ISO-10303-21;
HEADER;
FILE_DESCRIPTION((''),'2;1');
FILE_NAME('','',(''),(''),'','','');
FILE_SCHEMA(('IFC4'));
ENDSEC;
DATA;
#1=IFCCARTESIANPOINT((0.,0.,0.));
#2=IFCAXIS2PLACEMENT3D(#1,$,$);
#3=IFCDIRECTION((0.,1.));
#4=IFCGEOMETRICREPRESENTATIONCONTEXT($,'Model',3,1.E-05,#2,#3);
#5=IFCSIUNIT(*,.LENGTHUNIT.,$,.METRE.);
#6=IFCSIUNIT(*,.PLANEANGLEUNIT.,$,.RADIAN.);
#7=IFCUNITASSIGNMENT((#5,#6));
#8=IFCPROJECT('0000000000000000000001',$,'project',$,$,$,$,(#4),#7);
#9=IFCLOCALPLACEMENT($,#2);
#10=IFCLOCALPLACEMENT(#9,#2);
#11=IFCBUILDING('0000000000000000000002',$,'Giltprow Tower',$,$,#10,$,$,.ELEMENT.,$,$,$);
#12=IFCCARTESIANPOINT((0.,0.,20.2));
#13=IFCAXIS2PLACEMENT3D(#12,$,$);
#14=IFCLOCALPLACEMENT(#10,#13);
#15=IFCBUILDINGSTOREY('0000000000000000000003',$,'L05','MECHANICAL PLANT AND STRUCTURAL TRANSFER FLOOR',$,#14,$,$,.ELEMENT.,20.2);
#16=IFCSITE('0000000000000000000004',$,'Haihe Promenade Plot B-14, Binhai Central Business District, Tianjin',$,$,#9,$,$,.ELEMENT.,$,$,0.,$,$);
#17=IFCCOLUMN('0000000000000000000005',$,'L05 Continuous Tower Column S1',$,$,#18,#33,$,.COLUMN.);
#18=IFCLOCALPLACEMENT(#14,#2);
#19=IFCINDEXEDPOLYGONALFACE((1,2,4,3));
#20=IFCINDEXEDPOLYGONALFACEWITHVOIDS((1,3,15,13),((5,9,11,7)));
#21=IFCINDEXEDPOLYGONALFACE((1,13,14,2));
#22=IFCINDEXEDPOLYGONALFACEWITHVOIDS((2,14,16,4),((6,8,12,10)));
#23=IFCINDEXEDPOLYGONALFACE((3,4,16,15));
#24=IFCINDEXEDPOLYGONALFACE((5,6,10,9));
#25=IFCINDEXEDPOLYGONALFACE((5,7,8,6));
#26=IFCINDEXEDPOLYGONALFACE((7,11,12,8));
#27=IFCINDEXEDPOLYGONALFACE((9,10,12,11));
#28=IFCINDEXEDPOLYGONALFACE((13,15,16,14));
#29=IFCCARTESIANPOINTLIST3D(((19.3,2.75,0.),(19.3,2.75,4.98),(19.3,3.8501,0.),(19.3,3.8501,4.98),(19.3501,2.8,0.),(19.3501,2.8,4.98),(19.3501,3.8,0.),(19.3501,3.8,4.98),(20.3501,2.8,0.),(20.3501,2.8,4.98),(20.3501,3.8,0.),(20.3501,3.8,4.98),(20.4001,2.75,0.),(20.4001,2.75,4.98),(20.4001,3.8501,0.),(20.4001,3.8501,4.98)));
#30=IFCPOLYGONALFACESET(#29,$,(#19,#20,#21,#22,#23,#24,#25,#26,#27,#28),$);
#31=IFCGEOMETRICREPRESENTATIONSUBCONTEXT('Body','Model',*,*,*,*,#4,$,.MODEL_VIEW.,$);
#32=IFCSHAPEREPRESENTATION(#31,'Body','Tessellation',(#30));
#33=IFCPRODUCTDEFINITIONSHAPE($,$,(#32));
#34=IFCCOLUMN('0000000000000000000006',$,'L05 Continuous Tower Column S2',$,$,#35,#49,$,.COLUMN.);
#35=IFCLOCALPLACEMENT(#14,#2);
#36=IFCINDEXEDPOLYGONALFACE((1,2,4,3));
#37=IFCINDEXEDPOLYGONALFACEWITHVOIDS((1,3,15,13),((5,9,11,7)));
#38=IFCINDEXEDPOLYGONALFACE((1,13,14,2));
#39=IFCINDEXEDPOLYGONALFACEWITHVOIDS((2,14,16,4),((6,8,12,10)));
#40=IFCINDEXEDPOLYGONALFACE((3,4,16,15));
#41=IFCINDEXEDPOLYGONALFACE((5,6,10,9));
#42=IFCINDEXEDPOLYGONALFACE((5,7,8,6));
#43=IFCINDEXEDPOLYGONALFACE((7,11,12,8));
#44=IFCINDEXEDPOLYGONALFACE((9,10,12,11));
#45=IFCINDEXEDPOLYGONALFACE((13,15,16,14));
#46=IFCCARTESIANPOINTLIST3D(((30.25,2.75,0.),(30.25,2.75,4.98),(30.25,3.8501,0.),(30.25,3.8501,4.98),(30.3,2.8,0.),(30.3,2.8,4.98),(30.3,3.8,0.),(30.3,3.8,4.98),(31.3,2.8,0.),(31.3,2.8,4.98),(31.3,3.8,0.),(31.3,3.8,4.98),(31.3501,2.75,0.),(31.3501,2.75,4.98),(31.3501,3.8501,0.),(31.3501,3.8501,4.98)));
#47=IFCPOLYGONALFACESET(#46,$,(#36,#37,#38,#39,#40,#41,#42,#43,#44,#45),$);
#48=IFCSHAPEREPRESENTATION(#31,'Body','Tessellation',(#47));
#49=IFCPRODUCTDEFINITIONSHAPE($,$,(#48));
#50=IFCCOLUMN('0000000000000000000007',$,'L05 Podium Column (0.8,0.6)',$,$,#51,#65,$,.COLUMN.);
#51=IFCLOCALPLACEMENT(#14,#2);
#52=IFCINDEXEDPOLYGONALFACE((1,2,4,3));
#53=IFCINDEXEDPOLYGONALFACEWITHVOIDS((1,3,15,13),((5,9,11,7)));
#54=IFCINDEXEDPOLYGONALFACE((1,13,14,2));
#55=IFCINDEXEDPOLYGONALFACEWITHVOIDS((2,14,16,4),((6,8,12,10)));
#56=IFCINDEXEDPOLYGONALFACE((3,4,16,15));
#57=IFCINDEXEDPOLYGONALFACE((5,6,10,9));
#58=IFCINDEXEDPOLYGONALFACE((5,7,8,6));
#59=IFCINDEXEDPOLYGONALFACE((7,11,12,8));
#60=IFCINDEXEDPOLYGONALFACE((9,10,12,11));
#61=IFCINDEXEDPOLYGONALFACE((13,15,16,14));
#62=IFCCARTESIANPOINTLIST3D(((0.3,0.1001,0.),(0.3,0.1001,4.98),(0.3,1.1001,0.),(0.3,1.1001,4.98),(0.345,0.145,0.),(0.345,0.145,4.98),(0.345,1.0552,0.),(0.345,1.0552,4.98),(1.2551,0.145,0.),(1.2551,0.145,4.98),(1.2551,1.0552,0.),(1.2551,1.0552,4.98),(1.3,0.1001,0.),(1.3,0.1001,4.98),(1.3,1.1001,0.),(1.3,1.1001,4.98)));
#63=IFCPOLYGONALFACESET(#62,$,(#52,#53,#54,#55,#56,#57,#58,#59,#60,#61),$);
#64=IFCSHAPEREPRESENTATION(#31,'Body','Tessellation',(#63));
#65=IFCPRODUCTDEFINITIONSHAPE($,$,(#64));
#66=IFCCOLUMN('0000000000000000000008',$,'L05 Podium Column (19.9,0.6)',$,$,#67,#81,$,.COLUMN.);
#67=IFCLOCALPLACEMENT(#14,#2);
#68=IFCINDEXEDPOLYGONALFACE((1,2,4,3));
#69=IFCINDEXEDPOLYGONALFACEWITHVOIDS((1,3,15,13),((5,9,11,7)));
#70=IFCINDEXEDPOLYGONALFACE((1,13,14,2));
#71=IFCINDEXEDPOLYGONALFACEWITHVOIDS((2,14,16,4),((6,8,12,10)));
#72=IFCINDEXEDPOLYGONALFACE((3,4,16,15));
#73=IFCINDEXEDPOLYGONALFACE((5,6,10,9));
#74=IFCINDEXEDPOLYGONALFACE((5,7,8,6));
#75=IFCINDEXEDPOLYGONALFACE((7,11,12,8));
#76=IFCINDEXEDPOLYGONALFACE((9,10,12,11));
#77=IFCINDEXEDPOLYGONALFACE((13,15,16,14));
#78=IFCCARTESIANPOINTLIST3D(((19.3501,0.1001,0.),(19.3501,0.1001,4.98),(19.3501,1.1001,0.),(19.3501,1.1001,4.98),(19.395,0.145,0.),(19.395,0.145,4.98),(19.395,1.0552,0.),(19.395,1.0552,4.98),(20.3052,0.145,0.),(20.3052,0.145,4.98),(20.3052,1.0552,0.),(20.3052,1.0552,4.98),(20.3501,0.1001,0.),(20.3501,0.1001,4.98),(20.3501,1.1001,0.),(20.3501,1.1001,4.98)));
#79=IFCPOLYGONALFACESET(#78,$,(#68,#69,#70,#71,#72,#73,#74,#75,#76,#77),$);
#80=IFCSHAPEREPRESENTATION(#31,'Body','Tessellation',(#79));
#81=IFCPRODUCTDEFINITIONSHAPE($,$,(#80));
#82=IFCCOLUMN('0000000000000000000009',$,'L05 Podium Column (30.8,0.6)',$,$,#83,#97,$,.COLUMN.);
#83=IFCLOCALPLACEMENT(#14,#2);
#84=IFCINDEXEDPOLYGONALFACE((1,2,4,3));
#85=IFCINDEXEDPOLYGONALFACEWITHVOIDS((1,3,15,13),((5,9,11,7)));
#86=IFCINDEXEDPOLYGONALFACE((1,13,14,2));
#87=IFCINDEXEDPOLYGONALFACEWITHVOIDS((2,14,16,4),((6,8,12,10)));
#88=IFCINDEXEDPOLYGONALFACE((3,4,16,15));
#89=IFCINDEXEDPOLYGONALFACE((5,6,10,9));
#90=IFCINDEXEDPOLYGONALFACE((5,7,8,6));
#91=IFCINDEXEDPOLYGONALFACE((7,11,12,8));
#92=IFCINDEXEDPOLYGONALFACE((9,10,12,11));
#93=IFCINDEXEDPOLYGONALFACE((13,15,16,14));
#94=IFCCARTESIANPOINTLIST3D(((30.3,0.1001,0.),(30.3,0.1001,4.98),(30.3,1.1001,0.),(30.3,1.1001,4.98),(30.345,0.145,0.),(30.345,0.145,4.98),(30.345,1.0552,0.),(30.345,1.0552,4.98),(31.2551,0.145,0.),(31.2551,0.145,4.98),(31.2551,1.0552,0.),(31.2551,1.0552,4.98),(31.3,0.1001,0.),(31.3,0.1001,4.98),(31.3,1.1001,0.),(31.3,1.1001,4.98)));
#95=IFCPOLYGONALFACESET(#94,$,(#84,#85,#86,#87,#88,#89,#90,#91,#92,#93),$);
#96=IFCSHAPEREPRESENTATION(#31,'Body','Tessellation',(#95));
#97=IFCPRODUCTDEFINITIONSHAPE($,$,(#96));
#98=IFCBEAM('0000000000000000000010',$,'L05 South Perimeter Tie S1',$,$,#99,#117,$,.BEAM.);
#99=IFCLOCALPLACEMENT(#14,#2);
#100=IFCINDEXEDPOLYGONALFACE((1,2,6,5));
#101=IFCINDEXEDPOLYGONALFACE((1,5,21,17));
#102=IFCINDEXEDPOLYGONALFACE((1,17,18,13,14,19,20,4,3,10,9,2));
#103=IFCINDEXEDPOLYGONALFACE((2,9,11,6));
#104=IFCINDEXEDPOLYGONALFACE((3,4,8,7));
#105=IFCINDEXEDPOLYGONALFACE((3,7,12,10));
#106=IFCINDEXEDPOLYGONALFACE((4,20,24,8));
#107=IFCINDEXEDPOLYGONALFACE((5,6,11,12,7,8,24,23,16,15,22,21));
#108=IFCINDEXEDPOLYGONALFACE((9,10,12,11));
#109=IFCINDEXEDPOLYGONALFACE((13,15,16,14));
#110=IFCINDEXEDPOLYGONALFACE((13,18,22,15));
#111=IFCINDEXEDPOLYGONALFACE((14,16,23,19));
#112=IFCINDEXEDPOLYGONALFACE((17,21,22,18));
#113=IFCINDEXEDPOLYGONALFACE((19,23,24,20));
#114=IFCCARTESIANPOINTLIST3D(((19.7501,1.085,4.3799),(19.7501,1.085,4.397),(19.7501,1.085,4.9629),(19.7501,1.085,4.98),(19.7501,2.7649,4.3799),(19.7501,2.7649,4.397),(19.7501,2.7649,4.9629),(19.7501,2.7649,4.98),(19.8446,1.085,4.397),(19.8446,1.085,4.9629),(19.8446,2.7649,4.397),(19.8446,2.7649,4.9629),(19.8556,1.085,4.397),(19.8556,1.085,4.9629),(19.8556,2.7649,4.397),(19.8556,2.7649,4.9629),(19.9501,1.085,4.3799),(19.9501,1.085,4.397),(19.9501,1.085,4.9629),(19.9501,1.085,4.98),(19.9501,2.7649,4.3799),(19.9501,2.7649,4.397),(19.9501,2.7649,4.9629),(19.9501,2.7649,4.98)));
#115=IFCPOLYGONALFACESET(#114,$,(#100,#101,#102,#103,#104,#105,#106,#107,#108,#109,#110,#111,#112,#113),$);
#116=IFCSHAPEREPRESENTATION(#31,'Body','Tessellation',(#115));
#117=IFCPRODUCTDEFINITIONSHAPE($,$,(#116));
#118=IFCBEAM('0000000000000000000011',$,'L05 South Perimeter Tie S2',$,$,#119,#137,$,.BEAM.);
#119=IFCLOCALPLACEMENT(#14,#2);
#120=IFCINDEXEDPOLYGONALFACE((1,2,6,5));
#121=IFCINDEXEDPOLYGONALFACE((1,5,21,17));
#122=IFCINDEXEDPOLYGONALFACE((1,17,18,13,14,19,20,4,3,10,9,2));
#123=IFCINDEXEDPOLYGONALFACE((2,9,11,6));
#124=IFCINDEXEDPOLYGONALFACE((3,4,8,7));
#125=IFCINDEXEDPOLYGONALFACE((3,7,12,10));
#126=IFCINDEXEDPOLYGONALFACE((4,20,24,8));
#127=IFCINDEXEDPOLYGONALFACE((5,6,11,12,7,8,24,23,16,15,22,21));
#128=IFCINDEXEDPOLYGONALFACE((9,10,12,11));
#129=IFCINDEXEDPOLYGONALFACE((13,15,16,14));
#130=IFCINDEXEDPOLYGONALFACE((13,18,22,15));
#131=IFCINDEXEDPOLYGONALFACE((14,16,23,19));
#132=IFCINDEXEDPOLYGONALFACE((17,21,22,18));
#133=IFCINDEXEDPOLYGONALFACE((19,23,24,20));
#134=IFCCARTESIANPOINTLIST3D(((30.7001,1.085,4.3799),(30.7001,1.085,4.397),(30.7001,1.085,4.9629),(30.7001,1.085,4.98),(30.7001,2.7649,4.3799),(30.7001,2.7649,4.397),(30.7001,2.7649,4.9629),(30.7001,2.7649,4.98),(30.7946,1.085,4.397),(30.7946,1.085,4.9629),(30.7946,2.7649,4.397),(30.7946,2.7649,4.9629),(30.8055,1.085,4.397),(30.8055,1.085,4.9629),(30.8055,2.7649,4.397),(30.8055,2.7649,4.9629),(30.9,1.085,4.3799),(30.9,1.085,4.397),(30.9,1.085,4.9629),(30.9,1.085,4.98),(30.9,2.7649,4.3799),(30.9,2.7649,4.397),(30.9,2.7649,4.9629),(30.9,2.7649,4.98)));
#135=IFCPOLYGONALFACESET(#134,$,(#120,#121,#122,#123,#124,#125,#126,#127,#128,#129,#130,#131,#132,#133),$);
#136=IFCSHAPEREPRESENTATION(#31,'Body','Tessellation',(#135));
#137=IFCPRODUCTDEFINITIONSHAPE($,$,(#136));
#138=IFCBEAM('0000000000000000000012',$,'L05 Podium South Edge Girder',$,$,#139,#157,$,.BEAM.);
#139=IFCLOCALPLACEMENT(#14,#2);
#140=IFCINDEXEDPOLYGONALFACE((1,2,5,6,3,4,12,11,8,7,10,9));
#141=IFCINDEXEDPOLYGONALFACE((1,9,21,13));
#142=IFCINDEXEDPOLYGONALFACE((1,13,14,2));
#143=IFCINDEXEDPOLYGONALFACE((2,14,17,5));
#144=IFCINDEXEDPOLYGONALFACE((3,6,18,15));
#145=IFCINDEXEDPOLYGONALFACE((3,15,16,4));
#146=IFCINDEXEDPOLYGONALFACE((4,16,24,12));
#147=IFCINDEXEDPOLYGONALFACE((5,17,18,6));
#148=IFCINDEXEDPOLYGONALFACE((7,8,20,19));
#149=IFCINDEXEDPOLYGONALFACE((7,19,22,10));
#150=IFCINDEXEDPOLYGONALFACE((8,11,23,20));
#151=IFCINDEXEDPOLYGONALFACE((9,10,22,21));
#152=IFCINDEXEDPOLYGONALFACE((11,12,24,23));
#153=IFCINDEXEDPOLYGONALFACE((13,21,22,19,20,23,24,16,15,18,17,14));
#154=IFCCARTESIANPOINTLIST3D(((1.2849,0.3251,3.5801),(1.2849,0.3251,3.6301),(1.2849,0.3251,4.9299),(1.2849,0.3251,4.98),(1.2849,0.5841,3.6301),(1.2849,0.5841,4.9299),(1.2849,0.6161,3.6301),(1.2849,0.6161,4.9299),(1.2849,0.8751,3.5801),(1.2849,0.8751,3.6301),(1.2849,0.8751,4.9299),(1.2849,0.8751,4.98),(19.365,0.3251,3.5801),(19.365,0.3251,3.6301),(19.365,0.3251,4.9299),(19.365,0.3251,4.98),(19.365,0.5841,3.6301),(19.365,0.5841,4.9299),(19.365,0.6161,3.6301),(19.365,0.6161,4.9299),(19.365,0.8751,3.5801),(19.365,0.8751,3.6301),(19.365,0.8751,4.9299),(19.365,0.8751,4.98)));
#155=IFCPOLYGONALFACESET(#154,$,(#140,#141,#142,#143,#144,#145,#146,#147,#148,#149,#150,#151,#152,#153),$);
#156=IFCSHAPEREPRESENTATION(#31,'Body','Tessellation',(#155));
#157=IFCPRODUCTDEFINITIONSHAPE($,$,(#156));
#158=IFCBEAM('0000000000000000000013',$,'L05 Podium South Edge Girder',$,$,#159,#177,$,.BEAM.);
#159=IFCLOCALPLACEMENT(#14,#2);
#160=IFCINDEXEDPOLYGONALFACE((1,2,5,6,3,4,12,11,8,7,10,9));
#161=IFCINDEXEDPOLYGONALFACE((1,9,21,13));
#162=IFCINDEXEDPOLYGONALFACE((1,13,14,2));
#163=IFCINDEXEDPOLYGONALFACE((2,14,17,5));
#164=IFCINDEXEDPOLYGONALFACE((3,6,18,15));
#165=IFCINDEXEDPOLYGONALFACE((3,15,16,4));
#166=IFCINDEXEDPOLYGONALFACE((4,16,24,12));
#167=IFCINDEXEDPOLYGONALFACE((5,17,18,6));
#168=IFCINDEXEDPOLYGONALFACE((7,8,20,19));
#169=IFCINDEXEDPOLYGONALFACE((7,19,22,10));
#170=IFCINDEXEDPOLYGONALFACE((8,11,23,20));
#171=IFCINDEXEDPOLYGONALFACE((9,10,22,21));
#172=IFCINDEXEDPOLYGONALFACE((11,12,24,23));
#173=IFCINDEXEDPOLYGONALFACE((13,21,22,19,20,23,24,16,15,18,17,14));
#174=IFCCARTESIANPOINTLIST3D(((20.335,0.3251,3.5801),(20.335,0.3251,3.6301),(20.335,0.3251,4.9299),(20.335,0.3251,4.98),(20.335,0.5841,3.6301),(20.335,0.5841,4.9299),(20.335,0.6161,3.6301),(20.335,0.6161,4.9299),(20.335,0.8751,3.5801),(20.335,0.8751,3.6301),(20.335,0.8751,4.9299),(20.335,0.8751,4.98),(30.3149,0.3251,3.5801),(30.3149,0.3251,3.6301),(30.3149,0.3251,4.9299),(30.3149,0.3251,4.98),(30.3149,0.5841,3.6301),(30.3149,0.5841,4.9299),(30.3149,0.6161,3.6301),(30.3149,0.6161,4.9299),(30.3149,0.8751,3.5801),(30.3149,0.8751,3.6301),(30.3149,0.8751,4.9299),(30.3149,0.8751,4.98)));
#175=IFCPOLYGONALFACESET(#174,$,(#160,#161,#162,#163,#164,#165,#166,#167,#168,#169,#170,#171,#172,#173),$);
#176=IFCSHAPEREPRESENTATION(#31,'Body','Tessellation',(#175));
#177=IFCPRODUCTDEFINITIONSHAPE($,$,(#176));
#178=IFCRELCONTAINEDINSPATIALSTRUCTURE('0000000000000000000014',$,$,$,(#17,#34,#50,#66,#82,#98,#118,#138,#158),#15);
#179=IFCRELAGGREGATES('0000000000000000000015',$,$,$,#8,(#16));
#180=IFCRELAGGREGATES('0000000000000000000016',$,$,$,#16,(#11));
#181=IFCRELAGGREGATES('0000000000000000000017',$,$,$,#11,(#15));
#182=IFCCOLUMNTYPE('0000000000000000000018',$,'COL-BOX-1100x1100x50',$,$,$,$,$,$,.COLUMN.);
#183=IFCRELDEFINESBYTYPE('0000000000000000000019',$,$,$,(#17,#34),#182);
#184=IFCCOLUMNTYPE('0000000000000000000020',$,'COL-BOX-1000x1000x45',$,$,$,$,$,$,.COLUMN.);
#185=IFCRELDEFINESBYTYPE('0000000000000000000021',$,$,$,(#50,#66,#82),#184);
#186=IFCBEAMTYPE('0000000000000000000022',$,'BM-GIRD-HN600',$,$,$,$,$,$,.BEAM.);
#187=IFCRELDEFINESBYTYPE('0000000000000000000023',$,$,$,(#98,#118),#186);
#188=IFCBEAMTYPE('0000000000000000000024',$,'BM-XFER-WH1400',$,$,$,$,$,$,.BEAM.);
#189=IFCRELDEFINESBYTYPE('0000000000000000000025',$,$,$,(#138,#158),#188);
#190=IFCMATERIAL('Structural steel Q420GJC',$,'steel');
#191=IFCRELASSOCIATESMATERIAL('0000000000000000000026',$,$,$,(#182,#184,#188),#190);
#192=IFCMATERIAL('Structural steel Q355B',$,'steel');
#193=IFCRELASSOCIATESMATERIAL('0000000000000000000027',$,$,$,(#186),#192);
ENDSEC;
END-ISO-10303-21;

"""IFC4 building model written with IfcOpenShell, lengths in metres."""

from ifc_helpers import new_model, si_unit, direction, frame, origin, origin_2d, place, context, subcontext, project, spatial, hollow_rectangle, i_section, extrude, source, transform, mapped, material, material_profile, profile_set, type_object, element, save


model = new_model("IFC4")

# Units and contexts
model_context = context("Model", 3, precision=1e-05, world=origin(), true_north=direction((0.0, 1.0)))
body_context = subcontext(model_context, "Body", "Model", "MODEL_VIEW")
ifc_project = project(units=[si_unit("LENGTHUNIT", "METRE"), si_unit("PLANEANGLEUNIT", "RADIAN")], contexts=[model_context])

# Site, building, storey
site_placement = place(None, origin())
site = spatial("IfcSite", under=ifc_project, at=site_placement, Name="Haihe Promenade Plot B-14, Binhai Central Business District, Tianjin", CompositionType="ELEMENT", RefElevation=0.0)
building_placement = place(site_placement, origin())
building = spatial("IfcBuilding", under=site, at=building_placement, Name="Giltprow Tower", CompositionType="ELEMENT")
storey_placement = place(building_placement, frame((0.0, 0.0, 20.2)))
storey = spatial("IfcBuildingStorey", under=building, at=storey_placement, Name="L05", Description="MECHANICAL PLANT AND STRUCTURAL TRANSFER FLOOR", CompositionType="ELEMENT", Elevation=20.2)

# Columns
ifc_material_1 = material(Name="Structural steel Q420GJC", Category="steel")
ifc_material_profile_1 = material_profile(ifc_material_1, hollow_rectangle(XDim=1.1001, YDim=1.1001, WallThickness=0.05, at=origin_2d()), Name="BOX 1100x1100x50")
ifc_profile_set_1 = profile_set([ifc_material_profile_1], Name="Structural steel Q420GJC")
column_type_1 = type_object("IfcColumnType", Name="COL-BOX-1100x1100x50", PredefinedType="COLUMN", material=ifc_profile_set_1)
shared_shape_1 = source(origin(), body_context, "Body", "SweptSolid", [
    extrude(hollow_rectangle(XDim=1.1001, YDim=1.1001, WallThickness=0.05, at=origin_2d()), origin(), (0.0, 0.0, 1.0), 4.98),
])
for number, where, z_axis, x_axis, name in (
    (1, (19.8501, 3.3, 0.0), (0.0, 0.0, 1.0), (1.0, 0.0, 0.0), "L05 Continuous Tower Column S1"),
    (2, (30.8, 3.3, 0.0), (0.0, 0.0, 1.0), (1.0, 0.0, 0.0), "L05 Continuous Tower Column S2"),
):
    element("IfcColumn", number, at=place(storey_placement, frame(where, z_axis=z_axis, x_axis=x_axis)), inside=storey, type_object=column_type_1, Name=name, PredefinedType="COLUMN", context=body_context, shape_type="MappedRepresentation", body=[
        mapped(shared_shape_1, transform((0.0, 0.0, 0.0), x_axis=(1.0, 0.0, 0.0), y_axis=(0.0, 1.0, 0.0), z_axis=(0.0, 0.0, 1.0), scale=1.0)),
    ])
ifc_material_profile_2 = material_profile(ifc_material_1, hollow_rectangle(XDim=1.0, YDim=1.0, WallThickness=0.0449, at=origin_2d()), Name="BOX 1000x1000x45")
ifc_profile_set_2 = profile_set([ifc_material_profile_2], Name="Structural steel Q420GJC")
column_type_2 = type_object("IfcColumnType", Name="COL-BOX-1000x1000x45", PredefinedType="COLUMN", material=ifc_profile_set_2)
shared_shape_2 = source(origin(), body_context, "Body", "SweptSolid", [
    extrude(hollow_rectangle(XDim=1.0, YDim=1.0, WallThickness=0.0449, at=origin_2d()), origin(), (0.0, 0.0, 1.0), 4.98),
])
for number, where, z_axis, x_axis, name in (
    (3, (0.8, 0.6001, 0.0), (0.0, 0.0, 1.0), (1.0, 0.0, 0.0), "L05 Podium Column (0.8,0.6)"),
    (4, (19.8501, 0.6001, 0.0), (0.0, 0.0, 1.0), (1.0, 0.0, 0.0), "L05 Podium Column (19.9,0.6)"),
    (5, (30.8, 0.6001, 0.0), (0.0, 0.0, 1.0), (1.0, 0.0, 0.0), "L05 Podium Column (30.8,0.6)"),
):
    element("IfcColumn", number, at=place(storey_placement, frame(where, z_axis=z_axis, x_axis=x_axis)), inside=storey, type_object=column_type_2, Name=name, PredefinedType="COLUMN", context=body_context, shape_type="MappedRepresentation", body=[
        mapped(shared_shape_2, transform((0.0, 0.0, 0.0), x_axis=(1.0, 0.0, 0.0), y_axis=(0.0, 1.0, 0.0), z_axis=(0.0, 0.0, 1.0), scale=1.0)),
    ])

# Beams
ifc_material_2 = material(Name="Structural steel Q355B", Category="steel")
ifc_material_profile_3 = material_profile(ifc_material_2, i_section(OverallWidth=0.2, OverallDepth=0.6001, WebThickness=0.011, FlangeThickness=0.0171, at=origin_2d()), Name="HN 600x200x11x17")
ifc_profile_set_3 = profile_set([ifc_material_profile_3], Name="Structural steel Q355B")
beam_type_1 = type_object("IfcBeamType", Name="BM-GIRD-HN600", PredefinedType="BEAM", material=ifc_profile_set_3)
shared_shape_3 = source(origin(), body_context, "Body", "SweptSolid", [
    extrude(i_section(OverallWidth=0.2, OverallDepth=0.6001, WebThickness=0.011, FlangeThickness=0.0171, at=origin_2d()), origin(), (0.0, 0.0, 1.0), 1.6799),
])
for number, where, z_axis, x_axis, name in (
    (6, (19.8501, 1.085, 4.6799), (0.0, 1.0, 0.0), (-1.0, 0.0, 0.0), "L05 South Perimeter Tie S1"),
    (7, (30.8, 1.085, 4.6799), (0.0, 1.0, 0.0), (-1.0, 0.0, 0.0), "L05 South Perimeter Tie S2"),
):
    element("IfcBeam", number, at=place(storey_placement, frame(where, z_axis=z_axis, x_axis=x_axis)), inside=storey, type_object=beam_type_1, Name=name, PredefinedType="BEAM", context=body_context, shape_type="MappedRepresentation", body=[
        mapped(shared_shape_3, transform((0.0, 0.0, 0.0), x_axis=(1.0, 0.0, 0.0), y_axis=(0.0, 1.0, 0.0), z_axis=(0.0, 0.0, 1.0), scale=1.0)),
    ])
ifc_material_profile_4 = material_profile(ifc_material_1, i_section(OverallWidth=0.55, OverallDepth=1.3999, WebThickness=0.032, FlangeThickness=0.05, at=origin_2d()), Name="WH 1400x550x32x50")
ifc_profile_set_4 = profile_set([ifc_material_profile_4], Name="Structural steel Q420GJC")
beam_type_2 = type_object("IfcBeamType", Name="BM-XFER-WH1400", PredefinedType="BEAM", material=ifc_profile_set_4)
shared_shape_4 = source(origin(), body_context, "Body", "SweptSolid", [
    extrude(i_section(OverallWidth=0.55, OverallDepth=1.3999, WebThickness=0.032, FlangeThickness=0.05, at=origin_2d()), origin(), (0.0, 0.0, 1.0), 18.0801),
])
beam_1_placement = place(storey_placement, frame((1.2849, 0.6001, 4.28), z_axis=(1.0, 0.0, 0.0), x_axis=(0.0, 1.0, 0.0)))
element("IfcBeam", 8, at=beam_1_placement, inside=storey, type_object=beam_type_2, Name="L05 Podium South Edge Girder", PredefinedType="BEAM", context=body_context, shape_type="MappedRepresentation", body=[
    mapped(shared_shape_4, transform((0.0, 0.0, 0.0), x_axis=(1.0, 0.0, 0.0), y_axis=(0.0, 1.0, 0.0), z_axis=(0.0, 0.0, 1.0), scale=1.0)),
])
shared_shape_5 = source(origin(), body_context, "Body", "SweptSolid", [
    extrude(i_section(OverallWidth=0.55, OverallDepth=1.3999, WebThickness=0.032, FlangeThickness=0.05, at=origin_2d()), origin(), (0.0, 0.0, 1.0), 9.98),
])
beam_2_placement = place(storey_placement, frame((20.335, 0.6001, 4.28), z_axis=(1.0, 0.0, 0.0), x_axis=(0.0, 1.0, 0.0)))
element("IfcBeam", 9, at=beam_2_placement, inside=storey, type_object=beam_type_2, Name="L05 Podium South Edge Girder", PredefinedType="BEAM", context=body_context, shape_type="MappedRepresentation", body=[
    mapped(shared_shape_5, transform((0.0, 0.0, 0.0), x_axis=(1.0, 0.0, 0.0), y_axis=(0.0, 1.0, 0.0), z_axis=(0.0, 0.0, 1.0), scale=1.0)),
])

save(model, "model.ifc")
